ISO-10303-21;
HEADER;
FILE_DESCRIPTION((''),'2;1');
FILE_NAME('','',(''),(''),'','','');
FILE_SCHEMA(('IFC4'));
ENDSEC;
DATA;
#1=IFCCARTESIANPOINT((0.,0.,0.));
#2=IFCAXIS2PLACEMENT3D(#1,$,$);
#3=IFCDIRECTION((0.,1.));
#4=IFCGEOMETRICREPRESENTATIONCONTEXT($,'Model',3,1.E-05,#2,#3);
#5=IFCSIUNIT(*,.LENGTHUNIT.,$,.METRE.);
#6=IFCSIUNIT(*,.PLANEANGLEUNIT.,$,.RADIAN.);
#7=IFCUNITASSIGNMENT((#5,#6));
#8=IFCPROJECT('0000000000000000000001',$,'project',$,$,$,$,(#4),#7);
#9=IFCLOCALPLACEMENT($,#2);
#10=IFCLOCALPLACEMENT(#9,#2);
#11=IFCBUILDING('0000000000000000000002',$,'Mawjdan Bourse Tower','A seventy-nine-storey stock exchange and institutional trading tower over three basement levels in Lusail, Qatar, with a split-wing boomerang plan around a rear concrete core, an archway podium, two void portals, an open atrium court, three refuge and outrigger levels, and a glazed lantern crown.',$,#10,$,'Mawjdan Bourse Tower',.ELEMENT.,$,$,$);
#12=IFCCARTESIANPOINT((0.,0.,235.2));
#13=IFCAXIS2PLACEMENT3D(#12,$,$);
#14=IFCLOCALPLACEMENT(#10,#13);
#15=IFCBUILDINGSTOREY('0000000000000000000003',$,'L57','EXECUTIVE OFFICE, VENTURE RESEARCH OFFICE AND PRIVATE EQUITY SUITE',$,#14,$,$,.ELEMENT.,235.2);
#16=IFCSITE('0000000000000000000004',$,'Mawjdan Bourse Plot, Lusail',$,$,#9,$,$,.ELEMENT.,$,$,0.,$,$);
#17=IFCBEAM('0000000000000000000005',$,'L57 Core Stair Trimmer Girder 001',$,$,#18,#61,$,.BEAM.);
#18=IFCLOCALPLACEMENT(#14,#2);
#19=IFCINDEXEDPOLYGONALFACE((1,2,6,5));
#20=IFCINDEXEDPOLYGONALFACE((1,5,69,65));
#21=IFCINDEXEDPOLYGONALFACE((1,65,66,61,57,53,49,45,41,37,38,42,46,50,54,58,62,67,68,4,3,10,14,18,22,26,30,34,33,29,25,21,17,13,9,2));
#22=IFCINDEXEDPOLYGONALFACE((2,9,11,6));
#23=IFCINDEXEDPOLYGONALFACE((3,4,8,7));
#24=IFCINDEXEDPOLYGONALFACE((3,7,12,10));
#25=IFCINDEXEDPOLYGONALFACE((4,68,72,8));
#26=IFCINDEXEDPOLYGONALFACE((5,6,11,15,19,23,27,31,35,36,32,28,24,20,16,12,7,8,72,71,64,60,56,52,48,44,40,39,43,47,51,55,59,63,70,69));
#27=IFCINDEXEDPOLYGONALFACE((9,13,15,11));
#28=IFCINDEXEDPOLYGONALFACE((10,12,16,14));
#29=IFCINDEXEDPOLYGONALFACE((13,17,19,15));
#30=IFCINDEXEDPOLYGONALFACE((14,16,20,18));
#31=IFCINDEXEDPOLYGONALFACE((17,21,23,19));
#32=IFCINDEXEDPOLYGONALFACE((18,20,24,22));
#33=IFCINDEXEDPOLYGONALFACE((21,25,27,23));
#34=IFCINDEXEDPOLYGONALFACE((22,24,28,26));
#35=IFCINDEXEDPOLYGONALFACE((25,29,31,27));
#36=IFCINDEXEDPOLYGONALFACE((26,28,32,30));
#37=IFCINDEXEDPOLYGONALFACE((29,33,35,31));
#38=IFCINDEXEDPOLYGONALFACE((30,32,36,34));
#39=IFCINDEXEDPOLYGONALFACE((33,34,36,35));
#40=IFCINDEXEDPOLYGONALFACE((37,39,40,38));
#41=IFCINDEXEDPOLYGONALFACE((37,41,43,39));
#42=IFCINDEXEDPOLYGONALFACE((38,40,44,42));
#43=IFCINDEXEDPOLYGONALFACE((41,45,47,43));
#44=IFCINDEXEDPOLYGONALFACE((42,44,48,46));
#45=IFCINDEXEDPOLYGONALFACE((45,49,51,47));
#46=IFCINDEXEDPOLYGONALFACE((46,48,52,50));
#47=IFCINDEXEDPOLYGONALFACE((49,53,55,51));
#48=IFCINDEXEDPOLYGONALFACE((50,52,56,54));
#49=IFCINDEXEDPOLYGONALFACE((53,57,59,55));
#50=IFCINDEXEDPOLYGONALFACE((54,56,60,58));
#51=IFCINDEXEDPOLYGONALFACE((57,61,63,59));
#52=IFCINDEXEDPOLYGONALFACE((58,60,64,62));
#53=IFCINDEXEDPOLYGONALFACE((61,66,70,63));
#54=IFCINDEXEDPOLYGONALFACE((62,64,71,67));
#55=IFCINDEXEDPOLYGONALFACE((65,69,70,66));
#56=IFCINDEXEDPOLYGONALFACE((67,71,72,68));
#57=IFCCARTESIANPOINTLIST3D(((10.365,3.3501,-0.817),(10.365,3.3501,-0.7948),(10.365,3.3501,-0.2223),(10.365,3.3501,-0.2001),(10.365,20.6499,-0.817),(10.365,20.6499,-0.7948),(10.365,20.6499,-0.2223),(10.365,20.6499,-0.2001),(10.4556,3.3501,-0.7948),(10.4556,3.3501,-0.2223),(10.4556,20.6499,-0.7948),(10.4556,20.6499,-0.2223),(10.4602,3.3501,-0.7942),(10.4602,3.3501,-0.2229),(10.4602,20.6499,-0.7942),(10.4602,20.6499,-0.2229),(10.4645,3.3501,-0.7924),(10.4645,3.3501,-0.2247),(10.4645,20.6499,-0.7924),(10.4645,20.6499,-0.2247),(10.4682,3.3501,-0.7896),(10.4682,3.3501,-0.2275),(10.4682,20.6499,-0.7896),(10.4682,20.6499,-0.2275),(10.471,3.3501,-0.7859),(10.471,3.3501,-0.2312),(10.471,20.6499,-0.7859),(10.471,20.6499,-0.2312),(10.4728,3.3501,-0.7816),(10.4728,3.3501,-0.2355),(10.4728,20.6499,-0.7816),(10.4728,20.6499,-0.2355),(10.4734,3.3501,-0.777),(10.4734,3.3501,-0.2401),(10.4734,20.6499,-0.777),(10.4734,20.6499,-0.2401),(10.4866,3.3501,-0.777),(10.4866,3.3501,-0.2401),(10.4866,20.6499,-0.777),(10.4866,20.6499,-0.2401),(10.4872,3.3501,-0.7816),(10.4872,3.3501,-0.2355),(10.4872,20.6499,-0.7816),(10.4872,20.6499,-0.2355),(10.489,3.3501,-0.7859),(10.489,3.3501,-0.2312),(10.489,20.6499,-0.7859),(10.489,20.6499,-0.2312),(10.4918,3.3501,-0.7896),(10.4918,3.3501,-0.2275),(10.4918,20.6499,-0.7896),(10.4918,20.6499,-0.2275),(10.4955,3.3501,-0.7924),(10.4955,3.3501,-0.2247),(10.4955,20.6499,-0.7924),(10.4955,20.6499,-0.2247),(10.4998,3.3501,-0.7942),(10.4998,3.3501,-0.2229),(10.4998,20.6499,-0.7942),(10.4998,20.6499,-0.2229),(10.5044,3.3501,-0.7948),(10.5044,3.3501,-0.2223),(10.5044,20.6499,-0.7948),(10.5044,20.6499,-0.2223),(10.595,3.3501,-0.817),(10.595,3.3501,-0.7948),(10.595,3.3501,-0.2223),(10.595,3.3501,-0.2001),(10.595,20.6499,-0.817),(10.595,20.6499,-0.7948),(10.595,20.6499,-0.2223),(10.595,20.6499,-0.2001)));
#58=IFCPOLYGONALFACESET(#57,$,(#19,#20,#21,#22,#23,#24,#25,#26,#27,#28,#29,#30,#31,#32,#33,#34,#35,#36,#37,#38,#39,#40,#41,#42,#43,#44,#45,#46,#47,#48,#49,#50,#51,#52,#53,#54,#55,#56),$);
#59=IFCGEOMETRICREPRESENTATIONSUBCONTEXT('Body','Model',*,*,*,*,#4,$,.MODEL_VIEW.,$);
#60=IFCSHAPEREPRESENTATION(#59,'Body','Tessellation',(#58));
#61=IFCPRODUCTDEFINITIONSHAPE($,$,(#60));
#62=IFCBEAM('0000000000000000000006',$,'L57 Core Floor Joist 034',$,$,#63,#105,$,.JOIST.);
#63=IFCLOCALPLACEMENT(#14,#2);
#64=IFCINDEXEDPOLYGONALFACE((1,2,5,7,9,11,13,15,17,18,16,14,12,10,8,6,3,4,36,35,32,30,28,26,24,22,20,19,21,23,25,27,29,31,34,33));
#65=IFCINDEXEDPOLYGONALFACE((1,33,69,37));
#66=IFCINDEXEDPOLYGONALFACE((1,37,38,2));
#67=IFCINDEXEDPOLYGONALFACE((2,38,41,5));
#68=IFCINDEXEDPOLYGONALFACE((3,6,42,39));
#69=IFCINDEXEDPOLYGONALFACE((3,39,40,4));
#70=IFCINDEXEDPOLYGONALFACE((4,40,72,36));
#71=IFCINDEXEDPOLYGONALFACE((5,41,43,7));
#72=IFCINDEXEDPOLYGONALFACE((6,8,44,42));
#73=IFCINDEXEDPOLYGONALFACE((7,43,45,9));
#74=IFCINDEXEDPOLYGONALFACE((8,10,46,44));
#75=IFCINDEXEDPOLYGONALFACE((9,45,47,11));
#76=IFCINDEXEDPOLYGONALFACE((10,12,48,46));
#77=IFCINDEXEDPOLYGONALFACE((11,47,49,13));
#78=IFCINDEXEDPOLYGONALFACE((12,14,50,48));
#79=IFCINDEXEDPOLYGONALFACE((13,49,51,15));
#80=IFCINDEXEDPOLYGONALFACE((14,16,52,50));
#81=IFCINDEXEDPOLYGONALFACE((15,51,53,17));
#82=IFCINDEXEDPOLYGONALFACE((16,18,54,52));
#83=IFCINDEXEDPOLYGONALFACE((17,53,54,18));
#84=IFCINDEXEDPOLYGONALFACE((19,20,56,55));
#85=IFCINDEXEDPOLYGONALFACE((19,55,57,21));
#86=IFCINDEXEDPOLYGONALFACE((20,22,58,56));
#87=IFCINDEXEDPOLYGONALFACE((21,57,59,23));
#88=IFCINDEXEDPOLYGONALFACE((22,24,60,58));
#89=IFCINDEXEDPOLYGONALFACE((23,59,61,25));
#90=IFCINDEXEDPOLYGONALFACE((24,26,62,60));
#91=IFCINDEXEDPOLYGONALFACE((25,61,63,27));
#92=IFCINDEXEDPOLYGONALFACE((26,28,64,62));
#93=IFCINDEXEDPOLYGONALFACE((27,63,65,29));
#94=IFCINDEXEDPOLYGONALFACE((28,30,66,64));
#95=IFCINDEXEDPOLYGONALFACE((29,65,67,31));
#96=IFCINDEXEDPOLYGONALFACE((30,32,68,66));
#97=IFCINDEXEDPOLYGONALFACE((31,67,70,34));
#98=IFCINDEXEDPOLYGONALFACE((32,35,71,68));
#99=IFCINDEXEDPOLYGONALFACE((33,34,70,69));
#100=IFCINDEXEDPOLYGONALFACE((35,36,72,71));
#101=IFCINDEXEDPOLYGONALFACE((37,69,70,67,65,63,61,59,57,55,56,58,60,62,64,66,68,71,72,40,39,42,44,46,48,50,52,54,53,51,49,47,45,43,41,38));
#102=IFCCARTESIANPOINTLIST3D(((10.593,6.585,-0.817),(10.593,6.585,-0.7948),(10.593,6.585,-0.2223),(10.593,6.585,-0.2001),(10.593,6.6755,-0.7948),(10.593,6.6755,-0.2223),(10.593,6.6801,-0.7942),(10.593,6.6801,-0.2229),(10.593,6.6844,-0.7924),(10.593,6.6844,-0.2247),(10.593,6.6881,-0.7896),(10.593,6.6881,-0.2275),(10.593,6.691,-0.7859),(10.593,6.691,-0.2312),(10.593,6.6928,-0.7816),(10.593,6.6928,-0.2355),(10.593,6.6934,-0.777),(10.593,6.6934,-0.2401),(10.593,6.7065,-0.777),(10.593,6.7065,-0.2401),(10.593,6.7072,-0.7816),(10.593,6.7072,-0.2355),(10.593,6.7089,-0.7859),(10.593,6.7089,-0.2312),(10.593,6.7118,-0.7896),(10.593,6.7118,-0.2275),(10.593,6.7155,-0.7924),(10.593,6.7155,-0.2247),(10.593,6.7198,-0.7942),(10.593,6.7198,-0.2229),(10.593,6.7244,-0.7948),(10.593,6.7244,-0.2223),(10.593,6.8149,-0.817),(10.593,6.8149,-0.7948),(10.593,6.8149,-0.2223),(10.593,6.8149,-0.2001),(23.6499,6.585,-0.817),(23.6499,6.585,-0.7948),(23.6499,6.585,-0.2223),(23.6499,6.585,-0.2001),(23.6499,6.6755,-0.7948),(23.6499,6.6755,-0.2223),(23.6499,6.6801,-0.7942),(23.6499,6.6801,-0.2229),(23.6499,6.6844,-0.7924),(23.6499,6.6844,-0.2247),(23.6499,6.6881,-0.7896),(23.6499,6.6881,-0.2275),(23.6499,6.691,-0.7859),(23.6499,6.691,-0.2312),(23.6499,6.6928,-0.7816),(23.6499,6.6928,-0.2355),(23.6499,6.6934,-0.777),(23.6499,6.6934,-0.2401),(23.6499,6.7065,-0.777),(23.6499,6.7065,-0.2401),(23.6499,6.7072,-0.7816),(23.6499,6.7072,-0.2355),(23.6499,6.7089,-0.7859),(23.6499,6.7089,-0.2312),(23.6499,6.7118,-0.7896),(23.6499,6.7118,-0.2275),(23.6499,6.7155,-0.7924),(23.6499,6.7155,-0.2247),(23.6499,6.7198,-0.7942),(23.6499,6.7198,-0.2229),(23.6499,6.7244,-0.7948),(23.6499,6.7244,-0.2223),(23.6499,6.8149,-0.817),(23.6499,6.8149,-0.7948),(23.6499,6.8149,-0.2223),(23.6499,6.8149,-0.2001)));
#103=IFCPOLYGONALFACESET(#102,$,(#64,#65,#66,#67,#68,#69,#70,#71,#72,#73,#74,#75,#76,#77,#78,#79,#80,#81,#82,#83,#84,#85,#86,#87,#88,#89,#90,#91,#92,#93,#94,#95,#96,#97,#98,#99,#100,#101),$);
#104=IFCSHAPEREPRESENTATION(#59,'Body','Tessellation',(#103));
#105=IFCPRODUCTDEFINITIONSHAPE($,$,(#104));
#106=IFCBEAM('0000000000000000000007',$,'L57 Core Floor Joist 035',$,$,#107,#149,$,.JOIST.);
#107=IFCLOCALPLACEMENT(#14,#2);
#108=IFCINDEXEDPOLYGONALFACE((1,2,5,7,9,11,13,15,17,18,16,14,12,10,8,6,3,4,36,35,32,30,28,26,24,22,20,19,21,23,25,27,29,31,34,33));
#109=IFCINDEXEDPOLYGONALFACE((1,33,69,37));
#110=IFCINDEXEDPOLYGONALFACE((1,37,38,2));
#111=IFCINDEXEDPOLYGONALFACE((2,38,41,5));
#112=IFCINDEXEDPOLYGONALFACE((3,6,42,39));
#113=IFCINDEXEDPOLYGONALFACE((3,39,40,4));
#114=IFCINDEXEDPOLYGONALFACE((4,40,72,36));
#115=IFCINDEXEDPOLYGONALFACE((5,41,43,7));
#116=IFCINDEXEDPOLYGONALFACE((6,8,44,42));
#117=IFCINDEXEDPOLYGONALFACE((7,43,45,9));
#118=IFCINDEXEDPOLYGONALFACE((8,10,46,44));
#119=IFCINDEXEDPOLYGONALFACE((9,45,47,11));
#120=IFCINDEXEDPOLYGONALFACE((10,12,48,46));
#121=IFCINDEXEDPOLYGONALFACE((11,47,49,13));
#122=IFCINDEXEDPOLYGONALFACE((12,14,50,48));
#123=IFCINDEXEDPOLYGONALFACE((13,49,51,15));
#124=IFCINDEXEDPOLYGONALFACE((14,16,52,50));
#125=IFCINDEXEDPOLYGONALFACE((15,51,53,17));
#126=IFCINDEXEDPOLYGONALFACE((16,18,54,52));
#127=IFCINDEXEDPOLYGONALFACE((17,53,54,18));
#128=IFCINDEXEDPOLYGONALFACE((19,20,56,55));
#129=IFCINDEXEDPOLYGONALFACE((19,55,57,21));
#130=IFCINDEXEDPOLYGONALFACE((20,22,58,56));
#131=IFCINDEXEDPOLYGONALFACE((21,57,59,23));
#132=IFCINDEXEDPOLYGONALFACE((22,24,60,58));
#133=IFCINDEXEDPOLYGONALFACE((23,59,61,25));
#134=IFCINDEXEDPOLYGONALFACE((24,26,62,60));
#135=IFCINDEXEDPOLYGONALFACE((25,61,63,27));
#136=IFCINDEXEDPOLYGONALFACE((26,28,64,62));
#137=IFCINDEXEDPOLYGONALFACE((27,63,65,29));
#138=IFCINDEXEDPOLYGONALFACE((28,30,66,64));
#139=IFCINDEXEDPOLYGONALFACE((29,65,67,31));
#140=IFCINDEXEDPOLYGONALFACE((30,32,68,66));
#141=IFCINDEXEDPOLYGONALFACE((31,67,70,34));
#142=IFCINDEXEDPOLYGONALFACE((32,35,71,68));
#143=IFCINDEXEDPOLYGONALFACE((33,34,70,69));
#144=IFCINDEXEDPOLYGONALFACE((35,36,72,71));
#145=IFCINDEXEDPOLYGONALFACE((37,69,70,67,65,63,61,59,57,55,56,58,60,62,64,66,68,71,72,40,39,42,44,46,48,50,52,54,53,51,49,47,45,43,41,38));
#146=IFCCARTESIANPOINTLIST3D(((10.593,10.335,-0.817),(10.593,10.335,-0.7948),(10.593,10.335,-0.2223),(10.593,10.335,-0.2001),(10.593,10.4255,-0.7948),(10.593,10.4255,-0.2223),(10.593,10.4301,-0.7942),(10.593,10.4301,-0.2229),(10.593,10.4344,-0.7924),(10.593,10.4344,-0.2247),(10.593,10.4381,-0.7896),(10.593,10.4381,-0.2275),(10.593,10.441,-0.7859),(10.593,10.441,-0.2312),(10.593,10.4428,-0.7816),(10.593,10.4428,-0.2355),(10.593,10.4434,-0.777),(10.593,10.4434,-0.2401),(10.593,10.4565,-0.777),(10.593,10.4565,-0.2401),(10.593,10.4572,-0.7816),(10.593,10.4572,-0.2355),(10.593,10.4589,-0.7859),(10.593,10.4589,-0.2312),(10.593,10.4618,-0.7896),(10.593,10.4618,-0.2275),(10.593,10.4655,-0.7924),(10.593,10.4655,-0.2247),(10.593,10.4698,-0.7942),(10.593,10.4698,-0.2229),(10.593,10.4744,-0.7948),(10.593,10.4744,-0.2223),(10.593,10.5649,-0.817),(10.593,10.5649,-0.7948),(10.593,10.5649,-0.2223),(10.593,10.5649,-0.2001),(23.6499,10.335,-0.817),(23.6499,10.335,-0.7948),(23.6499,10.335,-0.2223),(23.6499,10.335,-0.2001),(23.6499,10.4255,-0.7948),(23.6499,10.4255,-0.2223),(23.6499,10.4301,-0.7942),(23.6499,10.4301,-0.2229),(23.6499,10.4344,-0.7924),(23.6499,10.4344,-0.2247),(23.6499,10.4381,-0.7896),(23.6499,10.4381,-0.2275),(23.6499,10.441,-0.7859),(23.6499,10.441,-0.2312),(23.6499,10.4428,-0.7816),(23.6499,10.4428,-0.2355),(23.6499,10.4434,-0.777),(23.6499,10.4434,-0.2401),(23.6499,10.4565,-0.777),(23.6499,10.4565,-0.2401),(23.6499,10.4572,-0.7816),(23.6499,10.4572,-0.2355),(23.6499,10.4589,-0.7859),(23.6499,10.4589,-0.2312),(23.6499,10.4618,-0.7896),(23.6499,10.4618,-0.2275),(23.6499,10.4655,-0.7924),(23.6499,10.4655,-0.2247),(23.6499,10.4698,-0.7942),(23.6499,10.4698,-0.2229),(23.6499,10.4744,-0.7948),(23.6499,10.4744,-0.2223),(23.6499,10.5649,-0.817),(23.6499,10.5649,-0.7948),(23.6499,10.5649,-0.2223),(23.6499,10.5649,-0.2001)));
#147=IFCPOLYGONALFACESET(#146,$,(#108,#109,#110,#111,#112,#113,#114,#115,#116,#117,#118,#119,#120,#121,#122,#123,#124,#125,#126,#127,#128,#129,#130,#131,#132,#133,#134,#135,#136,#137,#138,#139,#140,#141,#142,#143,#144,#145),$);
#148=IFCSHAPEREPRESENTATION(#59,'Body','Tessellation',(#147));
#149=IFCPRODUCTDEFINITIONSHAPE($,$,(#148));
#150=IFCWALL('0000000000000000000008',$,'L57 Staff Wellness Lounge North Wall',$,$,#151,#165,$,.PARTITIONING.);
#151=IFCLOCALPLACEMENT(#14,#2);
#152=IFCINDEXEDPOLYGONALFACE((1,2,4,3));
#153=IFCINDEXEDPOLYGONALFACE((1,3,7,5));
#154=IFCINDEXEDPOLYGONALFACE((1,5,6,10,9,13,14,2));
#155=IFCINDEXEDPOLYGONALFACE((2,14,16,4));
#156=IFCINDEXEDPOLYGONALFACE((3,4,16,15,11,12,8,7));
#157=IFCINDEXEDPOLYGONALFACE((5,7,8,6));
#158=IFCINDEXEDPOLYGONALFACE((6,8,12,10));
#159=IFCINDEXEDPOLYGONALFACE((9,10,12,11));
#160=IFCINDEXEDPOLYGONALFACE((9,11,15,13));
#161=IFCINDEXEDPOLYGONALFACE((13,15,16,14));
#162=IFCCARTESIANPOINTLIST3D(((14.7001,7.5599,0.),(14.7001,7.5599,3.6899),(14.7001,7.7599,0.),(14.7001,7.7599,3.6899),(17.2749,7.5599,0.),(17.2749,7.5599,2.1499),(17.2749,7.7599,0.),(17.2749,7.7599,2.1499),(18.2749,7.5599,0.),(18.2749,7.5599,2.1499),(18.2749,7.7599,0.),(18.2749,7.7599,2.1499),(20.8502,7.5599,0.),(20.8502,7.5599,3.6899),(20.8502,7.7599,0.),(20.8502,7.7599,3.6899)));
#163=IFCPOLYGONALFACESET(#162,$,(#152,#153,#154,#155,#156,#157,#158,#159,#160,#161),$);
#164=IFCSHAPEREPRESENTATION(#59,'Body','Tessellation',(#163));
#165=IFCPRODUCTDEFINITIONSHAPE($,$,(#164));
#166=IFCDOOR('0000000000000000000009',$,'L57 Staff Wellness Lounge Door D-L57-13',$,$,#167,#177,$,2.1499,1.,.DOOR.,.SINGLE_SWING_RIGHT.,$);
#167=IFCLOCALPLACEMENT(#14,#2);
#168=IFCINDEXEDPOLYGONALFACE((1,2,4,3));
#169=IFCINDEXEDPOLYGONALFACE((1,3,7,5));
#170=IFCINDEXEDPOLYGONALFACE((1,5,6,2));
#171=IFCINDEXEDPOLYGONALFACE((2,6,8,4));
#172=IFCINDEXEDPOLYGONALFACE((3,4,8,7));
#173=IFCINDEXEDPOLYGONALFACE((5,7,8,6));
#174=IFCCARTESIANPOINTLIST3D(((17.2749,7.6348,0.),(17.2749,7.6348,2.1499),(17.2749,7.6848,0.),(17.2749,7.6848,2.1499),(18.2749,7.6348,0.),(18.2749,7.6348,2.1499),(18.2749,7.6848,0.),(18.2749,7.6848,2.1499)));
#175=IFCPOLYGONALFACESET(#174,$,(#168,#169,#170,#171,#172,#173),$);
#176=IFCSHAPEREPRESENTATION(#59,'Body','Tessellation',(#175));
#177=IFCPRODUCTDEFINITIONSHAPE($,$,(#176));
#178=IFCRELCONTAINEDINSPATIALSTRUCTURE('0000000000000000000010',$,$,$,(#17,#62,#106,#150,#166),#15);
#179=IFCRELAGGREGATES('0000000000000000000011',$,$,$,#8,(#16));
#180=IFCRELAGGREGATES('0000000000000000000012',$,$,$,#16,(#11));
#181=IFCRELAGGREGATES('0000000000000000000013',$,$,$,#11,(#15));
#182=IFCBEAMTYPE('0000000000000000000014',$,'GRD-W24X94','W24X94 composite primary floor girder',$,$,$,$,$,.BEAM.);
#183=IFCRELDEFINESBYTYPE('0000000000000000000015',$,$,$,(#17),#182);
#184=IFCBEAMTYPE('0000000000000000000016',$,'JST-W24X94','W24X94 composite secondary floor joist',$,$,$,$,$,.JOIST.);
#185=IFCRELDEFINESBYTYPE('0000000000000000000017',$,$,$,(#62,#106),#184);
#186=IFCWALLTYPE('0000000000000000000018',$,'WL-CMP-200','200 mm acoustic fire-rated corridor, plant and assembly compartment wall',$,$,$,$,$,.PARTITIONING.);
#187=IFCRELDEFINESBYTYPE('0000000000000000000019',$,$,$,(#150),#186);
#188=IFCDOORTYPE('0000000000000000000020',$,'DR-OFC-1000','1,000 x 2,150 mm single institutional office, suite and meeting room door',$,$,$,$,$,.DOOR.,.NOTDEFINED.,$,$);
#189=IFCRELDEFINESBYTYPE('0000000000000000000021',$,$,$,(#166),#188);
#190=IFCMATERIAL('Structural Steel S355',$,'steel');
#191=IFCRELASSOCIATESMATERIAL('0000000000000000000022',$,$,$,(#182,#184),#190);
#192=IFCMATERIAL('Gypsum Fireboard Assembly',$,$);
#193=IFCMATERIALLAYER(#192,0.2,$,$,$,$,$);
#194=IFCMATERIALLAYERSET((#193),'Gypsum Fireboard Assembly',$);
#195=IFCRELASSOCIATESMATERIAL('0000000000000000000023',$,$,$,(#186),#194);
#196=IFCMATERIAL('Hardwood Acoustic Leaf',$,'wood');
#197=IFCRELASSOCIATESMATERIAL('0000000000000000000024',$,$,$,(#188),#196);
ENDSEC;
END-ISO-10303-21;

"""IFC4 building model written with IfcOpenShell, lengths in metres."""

from ifc_helpers import new_model, si_unit, direction, frame, frame_2d, origin, origin_2d, place, context, subcontext, project, spatial, rectangle, i_section, extrude, material, layer, layer_set, material_profile, profile_set, type_object, element, fill, save


model = new_model("IFC4")

# Units and contexts
model_context = context("Model", 3, precision=1e-05, world=origin(), true_north=direction((0.0, 1.0)))
body_context = subcontext(model_context, "Body", "Model", "MODEL_VIEW")
ifc_project = project(units=[si_unit("LENGTHUNIT", "METRE"), si_unit("PLANEANGLEUNIT", "RADIAN")], contexts=[model_context])

# Site, building, storey
site_placement = place(None, origin())
site = spatial("IfcSite", under=ifc_project, at=site_placement, Name="Mawjdan Bourse Plot, Lusail", CompositionType="ELEMENT", RefElevation=0.0)
building_placement = place(site_placement, origin())
building = spatial("IfcBuilding", under=site, at=building_placement, Name="Mawjdan Bourse Tower", Description="A seventy-nine-storey stock exchange and institutional trading tower over three basement levels in Lusail, Qatar, with a split-wing boomerang plan around a rear concrete core, an archway podium, two void portals, an open atrium court, three refuge and outrigger levels, and a glazed lantern crown.", LongName="Mawjdan Bourse Tower", CompositionType="ELEMENT")
storey_placement = place(building_placement, frame((0.0, 0.0, 235.2)))
storey = spatial("IfcBuildingStorey", under=building, at=storey_placement, Name="L57", Description="EXECUTIVE OFFICE, VENTURE RESEARCH OFFICE AND PRIVATE EQUITY SUITE", CompositionType="ELEMENT", Elevation=235.2)

# Beams
ifc_material_1 = material(Name="Structural Steel S355", Category="steel")
ifc_material_profile_1 = material_profile(ifc_material_1, i_section(OverallWidth=0.23, OverallDepth=0.6169, WebThickness=0.0132, FlangeThickness=0.0222, FilletRadius=0.0178, at=origin_2d()), Name="W24X94")
ifc_profile_set_1 = profile_set([ifc_material_profile_1], Name="Structural Steel S355")
beam_type_1 = type_object("IfcBeamType", Name="GRD-W24X94", Description="W24X94 composite primary floor girder", PredefinedType="BEAM", material=ifc_profile_set_1)
beam_placement = place(storey_placement, frame((10.48, 3.3501, -0.5085), z_axis=(0.0, 1.0, 0.0), x_axis=(-1.0, 0.0, 0.0)))
element("IfcBeam", 1, at=beam_placement, inside=storey, type_object=beam_type_1, Name="L57 Core Stair Trimmer Girder 001", PredefinedType="BEAM", context=body_context, shape_type="SweptSolid", body=[
    extrude(i_section(OverallWidth=0.23, OverallDepth=0.6169, WebThickness=0.0132, FlangeThickness=0.0222, FilletRadius=0.0178, at=origin_2d()), origin(), (0.0, 0.0, 1.0), 17.2998),
])
ifc_material_profile_2 = material_profile(ifc_material_1, i_section(OverallWidth=0.23, OverallDepth=0.6169, WebThickness=0.0132, FlangeThickness=0.0222, FilletRadius=0.0178, at=origin_2d()), Name="W24X94")
ifc_profile_set_2 = profile_set([ifc_material_profile_2], Name="Structural Steel S355")
beam_type_2 = type_object("IfcBeamType", Name="JST-W24X94", Description="W24X94 composite secondary floor joist", PredefinedType="JOIST", material=ifc_profile_set_2)
for number, where, z_axis, x_axis, name in (
    (2, (10.593, 6.7, -0.5085), (1.0, 0.0, 0.0), (0.0, 1.0, 0.0), "L57 Core Floor Joist 034"),
    (3, (10.593, 10.45, -0.5085), (1.0, 0.0, 0.0), (0.0, 1.0, 0.0), "L57 Core Floor Joist 035"),
):
    element("IfcBeam", number, at=place(storey_placement, frame(where, z_axis=z_axis, x_axis=x_axis)), inside=storey, type_object=beam_type_2, Name=name, PredefinedType="JOIST", context=body_context, shape_type="SweptSolid", body=[
        extrude(i_section(OverallWidth=0.23, OverallDepth=0.6169, WebThickness=0.0132, FlangeThickness=0.0222, FilletRadius=0.0178, at=origin_2d()), origin(), (0.0, 0.0, 1.0), 13.0569),
    ])

# Wall, opening, door
ifc_material_2 = material(Name="Gypsum Fireboard Assembly")
ifc_layer_1 = layer(ifc_material_2, 0.2)
ifc_layer_set_1 = layer_set([ifc_layer_1], Name="Gypsum Fireboard Assembly")
wall_type_1 = type_object("IfcWallType", Name="WL-CMP-200", Description="200 mm acoustic fire-rated corridor, plant and assembly compartment wall", PredefinedType="PARTITIONING", material=ifc_layer_set_1)
wall_1_placement = place(storey_placement, frame((14.7, 7.6599, 0.0), z_axis=(0.0, 0.0, 1.0), x_axis=(1.0, 0.0, 0.0)))
wall_1 = element("IfcWall", 4, at=wall_1_placement, inside=storey, type_object=wall_type_1, Name="L57 Staff Wellness Lounge North Wall", PredefinedType="PARTITIONING", context=body_context, shape_type="SweptSolid", body=[
    extrude(rectangle(XDim=6.1501, YDim=0.2, at=frame_2d((3.0752, 0.0))), origin(), (0.0, 0.0, 1.0), 3.6899),
])
opening_1_placement = place(wall_1_placement, frame((2.575, 0.0, 0.0)))
opening_1 = element("IfcOpeningElement", 5, at=opening_1_placement, cuts=wall_1, PredefinedType="OPENING", context=body_context, shape_type="SweptSolid", body=[
    extrude(rectangle(XDim=1.0, YDim=2.1499, at=frame_2d((0.5, 1.075))), frame((0.0, 0.1099, 0.0), z_axis=(0.0, -1.0, 0.0), x_axis=(1.0, 0.0, 0.0)), (0.0, 0.0, 1.0), 0.22),
])
ifc_material_3 = material(Name="Hardwood Acoustic Leaf", Category="wood")
door_type_1 = type_object("IfcDoorType", Name="DR-OFC-1000", Description="1,000 x 2,150 mm single institutional office, suite and meeting room door", OperationType="NOTDEFINED", PredefinedType="DOOR", material=ifc_material_3)
door_1_placement = place(opening_1_placement, origin())
door_1 = element("IfcDoor", 6, at=door_1_placement, inside=storey, type_object=door_type_1, Name="L57 Staff Wellness Lounge Door D-L57-13", OperationType="SINGLE_SWING_RIGHT", OverallHeight=2.1499, OverallWidth=1.0, PredefinedType="DOOR", context=body_context, shape_type="SweptSolid", body=[
    extrude(rectangle(XDim=1.0, YDim=2.1499, at=frame_2d((0.5, 1.075))), frame((0.0, 0.0249, 0.0), z_axis=(0.0, -1.0, 0.0), x_axis=(1.0, 0.0, 0.0)), (0.0, 0.0, 1.0), 0.05),
])
fill(opening_1, door_1)

save(model, "model.ifc")
